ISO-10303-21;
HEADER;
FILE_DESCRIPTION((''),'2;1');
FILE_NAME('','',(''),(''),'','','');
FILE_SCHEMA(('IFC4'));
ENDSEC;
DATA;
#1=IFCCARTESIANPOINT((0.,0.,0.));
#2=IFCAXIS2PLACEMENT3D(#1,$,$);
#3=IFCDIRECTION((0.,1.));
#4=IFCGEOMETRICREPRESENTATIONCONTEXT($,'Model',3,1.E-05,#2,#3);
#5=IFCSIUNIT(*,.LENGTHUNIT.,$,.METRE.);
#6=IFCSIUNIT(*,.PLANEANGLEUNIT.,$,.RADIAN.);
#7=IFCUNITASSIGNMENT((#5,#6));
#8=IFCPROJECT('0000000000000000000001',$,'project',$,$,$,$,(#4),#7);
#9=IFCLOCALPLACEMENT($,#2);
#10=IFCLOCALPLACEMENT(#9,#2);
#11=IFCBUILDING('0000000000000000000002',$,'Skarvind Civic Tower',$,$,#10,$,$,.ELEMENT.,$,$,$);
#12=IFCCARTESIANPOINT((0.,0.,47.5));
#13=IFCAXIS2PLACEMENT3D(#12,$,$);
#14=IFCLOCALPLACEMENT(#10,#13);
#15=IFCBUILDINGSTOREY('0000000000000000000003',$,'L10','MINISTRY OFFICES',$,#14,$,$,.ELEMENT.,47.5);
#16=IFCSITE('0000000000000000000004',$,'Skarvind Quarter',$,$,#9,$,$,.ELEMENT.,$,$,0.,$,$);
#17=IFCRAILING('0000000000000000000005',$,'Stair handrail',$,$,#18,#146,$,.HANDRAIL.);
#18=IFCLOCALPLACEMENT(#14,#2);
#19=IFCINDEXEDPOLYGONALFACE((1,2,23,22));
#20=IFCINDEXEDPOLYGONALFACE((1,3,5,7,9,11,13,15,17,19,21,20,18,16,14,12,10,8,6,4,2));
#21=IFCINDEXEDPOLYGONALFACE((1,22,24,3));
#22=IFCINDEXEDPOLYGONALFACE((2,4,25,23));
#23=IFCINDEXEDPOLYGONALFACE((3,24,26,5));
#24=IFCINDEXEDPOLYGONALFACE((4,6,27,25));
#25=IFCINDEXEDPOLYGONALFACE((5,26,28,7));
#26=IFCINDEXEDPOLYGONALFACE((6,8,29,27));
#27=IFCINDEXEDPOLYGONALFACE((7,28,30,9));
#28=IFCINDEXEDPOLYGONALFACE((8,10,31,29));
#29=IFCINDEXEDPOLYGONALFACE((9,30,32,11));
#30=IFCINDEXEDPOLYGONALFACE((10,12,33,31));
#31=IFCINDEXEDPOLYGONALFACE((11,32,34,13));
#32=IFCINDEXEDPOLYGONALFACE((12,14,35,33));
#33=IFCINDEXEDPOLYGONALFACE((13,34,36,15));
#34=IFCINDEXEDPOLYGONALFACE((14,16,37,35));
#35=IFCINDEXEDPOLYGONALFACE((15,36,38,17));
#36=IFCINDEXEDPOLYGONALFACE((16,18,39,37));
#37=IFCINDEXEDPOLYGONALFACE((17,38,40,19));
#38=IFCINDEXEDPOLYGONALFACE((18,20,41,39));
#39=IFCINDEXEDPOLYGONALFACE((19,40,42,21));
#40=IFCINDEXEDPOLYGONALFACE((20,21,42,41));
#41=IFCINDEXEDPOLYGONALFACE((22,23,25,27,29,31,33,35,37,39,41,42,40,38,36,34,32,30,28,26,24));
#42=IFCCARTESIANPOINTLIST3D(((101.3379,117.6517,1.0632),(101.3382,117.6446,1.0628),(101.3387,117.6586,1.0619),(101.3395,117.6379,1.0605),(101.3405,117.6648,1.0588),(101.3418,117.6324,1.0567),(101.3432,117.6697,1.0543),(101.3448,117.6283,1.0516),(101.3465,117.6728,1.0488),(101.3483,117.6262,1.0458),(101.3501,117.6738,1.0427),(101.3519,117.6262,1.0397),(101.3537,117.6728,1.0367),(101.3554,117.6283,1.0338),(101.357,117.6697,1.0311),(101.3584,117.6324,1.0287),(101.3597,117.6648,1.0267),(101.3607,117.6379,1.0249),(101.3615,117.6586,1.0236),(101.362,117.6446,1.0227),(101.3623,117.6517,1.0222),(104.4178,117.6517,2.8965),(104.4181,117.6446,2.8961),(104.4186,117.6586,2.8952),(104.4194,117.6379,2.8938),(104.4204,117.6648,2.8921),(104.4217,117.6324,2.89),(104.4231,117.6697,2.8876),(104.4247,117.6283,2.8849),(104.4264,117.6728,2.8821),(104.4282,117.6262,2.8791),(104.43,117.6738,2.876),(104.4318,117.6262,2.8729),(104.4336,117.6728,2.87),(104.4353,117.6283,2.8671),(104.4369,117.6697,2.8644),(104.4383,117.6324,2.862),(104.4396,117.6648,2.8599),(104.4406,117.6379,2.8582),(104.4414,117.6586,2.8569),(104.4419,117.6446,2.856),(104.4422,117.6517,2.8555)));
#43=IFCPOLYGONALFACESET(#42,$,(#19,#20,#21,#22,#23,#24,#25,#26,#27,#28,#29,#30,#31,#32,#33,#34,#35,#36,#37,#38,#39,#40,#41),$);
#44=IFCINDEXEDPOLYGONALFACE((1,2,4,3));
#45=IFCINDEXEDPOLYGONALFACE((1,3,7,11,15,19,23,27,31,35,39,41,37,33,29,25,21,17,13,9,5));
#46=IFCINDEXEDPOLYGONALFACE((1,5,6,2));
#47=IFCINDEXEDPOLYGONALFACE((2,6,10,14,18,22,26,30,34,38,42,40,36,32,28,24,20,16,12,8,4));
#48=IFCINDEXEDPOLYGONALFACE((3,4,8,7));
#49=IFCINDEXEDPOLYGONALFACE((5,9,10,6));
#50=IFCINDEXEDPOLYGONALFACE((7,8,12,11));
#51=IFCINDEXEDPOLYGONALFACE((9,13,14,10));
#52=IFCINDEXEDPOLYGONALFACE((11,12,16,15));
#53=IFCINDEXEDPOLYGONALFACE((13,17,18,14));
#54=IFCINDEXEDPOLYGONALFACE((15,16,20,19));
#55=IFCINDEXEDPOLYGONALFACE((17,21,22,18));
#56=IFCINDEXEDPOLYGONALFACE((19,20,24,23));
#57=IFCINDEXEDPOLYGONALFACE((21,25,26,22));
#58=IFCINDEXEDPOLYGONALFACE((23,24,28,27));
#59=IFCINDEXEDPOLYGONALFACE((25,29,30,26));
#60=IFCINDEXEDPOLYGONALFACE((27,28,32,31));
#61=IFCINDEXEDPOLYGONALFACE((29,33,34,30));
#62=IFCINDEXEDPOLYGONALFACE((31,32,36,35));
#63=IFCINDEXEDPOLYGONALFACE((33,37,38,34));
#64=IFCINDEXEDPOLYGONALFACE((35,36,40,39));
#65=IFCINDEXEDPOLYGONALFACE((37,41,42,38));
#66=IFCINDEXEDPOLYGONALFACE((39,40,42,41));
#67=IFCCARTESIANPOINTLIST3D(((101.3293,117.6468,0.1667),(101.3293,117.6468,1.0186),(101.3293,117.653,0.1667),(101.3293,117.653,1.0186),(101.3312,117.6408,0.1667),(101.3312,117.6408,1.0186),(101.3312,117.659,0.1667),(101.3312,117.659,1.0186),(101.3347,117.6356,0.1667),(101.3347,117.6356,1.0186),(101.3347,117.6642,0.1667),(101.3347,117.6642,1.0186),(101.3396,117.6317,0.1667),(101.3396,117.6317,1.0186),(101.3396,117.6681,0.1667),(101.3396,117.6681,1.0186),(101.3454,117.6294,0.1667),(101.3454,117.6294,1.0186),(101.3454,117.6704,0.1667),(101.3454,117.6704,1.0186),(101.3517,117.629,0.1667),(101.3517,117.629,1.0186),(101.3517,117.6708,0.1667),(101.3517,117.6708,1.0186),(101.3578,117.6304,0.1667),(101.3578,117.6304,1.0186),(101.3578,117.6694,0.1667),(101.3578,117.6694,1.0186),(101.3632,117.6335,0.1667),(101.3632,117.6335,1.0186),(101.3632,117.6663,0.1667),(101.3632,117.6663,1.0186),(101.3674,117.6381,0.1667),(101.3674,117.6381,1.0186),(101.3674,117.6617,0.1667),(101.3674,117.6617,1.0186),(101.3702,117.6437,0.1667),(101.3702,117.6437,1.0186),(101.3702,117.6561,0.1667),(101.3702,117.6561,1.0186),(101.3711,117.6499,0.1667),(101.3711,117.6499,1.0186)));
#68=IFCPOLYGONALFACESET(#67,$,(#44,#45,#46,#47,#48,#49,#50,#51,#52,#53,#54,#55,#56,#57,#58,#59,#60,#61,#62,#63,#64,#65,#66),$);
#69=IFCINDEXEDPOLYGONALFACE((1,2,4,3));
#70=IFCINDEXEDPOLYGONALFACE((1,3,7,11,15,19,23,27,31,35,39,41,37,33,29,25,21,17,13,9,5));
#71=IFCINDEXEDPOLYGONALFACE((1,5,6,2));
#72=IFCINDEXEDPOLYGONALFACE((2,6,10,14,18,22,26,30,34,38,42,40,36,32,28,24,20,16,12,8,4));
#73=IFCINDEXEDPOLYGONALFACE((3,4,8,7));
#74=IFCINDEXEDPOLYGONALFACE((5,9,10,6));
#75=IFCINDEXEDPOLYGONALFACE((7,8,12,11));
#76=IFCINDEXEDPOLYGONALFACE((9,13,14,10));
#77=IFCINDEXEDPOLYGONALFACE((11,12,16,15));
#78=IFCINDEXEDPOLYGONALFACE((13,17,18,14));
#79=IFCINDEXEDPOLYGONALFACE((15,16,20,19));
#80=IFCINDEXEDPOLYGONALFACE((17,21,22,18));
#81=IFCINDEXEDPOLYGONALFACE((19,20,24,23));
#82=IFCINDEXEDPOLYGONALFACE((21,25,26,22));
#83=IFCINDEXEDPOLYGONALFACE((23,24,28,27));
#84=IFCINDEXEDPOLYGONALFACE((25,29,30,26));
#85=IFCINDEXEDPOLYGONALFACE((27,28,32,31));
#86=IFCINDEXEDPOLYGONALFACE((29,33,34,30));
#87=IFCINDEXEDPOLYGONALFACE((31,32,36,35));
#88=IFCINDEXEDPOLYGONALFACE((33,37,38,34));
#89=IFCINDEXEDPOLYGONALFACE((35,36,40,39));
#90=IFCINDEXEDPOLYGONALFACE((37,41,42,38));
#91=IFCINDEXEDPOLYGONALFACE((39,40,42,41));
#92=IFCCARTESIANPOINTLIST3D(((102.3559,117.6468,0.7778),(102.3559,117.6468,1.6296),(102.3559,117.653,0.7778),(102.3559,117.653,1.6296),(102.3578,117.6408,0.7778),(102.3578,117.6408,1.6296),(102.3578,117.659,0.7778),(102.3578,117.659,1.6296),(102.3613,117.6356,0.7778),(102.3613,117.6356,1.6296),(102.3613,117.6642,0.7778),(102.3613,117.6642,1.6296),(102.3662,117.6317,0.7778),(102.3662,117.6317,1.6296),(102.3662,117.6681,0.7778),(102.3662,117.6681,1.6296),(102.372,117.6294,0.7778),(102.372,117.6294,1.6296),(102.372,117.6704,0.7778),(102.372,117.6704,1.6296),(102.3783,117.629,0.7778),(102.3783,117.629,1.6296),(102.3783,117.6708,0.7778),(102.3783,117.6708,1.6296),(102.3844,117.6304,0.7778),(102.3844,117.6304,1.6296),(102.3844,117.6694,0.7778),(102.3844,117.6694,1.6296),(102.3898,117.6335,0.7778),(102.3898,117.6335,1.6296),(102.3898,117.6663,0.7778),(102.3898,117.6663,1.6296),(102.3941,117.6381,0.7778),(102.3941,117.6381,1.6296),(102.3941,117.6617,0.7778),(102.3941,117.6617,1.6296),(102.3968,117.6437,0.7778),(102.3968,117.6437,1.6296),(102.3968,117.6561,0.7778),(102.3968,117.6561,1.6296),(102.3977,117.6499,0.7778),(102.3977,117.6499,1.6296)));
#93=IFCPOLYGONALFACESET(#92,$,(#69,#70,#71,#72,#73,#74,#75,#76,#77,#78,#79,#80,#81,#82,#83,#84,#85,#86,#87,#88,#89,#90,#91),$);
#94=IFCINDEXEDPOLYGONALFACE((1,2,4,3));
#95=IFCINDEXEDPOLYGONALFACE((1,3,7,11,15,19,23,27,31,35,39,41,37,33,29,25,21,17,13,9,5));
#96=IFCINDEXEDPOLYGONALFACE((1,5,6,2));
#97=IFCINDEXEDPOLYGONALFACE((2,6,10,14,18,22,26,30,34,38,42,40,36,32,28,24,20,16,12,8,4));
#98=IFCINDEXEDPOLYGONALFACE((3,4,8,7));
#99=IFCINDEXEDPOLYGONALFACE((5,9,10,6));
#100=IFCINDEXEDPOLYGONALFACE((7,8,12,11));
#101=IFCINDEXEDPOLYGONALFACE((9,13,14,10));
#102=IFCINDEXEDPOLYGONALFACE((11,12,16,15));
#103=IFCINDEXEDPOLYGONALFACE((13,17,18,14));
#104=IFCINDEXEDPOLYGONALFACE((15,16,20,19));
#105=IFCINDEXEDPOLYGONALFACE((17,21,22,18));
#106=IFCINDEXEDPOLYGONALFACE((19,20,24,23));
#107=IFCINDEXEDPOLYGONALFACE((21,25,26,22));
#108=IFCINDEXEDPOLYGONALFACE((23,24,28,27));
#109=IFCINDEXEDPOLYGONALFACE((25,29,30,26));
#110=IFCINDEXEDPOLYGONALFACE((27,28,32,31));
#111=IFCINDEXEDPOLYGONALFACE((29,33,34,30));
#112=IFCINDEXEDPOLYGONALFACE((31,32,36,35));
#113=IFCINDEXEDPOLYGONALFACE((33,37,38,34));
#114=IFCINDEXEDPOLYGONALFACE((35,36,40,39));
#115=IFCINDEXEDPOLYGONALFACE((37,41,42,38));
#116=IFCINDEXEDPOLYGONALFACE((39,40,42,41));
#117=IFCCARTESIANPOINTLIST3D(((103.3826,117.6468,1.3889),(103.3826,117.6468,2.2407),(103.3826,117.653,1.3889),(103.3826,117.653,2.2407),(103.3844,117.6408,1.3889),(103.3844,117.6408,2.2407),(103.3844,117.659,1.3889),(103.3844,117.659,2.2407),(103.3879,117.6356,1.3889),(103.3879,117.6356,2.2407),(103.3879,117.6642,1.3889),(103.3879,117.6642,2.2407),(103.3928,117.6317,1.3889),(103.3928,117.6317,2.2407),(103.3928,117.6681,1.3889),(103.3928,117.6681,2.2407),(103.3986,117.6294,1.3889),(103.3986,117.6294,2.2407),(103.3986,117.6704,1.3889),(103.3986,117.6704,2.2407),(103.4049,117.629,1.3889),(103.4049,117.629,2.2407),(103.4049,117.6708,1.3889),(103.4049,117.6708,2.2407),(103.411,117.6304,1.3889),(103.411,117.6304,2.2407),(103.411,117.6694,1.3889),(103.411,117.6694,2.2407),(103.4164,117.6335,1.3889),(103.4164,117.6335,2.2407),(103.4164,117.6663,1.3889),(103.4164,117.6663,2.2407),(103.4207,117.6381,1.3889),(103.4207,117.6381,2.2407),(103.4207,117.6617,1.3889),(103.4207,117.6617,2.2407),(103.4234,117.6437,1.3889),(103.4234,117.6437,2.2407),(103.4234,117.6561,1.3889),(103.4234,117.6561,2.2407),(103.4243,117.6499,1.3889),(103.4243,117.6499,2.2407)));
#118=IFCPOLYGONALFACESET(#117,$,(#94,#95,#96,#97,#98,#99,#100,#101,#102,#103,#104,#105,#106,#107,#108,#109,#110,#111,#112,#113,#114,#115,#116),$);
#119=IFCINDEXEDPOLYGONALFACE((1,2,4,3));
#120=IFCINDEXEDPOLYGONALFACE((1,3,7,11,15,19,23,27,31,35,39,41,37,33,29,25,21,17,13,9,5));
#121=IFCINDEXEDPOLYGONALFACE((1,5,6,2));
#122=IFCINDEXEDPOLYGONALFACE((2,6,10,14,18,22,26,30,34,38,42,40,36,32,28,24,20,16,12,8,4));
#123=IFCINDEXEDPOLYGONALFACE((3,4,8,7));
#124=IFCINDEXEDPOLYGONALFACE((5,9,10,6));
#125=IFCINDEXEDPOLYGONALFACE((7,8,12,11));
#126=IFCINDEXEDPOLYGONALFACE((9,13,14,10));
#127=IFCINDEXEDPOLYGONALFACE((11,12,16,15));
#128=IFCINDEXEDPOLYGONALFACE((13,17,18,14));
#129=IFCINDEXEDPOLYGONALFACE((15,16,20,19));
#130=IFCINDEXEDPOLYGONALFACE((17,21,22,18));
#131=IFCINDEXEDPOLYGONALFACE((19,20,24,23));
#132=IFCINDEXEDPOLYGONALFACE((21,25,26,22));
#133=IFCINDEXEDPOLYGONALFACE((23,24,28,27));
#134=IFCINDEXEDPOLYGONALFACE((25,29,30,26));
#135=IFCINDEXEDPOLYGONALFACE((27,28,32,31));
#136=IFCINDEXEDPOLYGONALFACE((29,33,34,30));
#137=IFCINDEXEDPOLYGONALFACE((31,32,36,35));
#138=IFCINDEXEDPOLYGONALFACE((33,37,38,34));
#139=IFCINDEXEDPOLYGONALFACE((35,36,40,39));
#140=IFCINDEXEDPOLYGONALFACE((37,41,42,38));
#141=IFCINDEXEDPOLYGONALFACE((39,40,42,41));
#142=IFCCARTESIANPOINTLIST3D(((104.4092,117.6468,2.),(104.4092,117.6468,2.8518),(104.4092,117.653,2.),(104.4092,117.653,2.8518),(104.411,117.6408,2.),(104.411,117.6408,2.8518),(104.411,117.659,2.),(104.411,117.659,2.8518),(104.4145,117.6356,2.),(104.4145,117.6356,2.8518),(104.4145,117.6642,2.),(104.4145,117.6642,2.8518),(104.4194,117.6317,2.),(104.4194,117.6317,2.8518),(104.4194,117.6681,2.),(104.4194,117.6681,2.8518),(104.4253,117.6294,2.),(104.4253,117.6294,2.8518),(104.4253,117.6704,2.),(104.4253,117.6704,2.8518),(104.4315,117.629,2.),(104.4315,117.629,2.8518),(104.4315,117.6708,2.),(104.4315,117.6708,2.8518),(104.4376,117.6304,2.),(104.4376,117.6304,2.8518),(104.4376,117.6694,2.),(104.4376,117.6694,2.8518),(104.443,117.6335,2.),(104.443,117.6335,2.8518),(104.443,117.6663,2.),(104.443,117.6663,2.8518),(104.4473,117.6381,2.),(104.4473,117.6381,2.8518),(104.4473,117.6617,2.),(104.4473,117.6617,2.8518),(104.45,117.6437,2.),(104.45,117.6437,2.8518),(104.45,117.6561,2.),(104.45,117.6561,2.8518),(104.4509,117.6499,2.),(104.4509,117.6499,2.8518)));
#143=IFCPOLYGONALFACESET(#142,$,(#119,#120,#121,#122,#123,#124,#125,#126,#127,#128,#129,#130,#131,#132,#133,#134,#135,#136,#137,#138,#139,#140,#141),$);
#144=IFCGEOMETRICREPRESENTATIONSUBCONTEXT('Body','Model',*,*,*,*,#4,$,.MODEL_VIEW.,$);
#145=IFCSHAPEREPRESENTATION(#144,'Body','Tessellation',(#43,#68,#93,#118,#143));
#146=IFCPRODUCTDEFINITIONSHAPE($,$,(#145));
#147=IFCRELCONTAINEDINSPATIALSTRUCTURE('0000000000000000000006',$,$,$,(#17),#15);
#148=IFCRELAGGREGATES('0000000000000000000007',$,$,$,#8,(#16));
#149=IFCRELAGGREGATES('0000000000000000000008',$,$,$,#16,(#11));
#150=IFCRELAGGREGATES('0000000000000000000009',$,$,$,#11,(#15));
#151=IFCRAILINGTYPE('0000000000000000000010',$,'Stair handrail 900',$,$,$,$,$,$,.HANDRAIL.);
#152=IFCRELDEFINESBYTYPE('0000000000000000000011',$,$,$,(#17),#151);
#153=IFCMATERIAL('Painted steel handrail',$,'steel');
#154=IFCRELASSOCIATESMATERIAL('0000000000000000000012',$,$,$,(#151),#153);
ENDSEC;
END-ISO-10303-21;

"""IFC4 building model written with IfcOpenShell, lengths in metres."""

from ifc_helpers import new_model, si_unit, direction, frame, origin, origin_2d, place, context, subcontext, project, spatial, circle, extrude, material, type_object, element, save


model = new_model("IFC4")

# Units and contexts
model_context = context("Model", 3, precision=1e-05, world=origin(), true_north=direction((0.0, 1.0)))
body_context = subcontext(model_context, "Body", "Model", "MODEL_VIEW")
ifc_project = project(units=[si_unit("LENGTHUNIT", "METRE"), si_unit("PLANEANGLEUNIT", "RADIAN")], contexts=[model_context])

# Site, building, storey
site_placement = place(None, origin())
site = spatial("IfcSite", under=ifc_project, at=site_placement, Name="Skarvind Quarter", CompositionType="ELEMENT", RefElevation=0.0)
building_placement = place(site_placement, origin())
building = spatial("IfcBuilding", under=site, at=building_placement, Name="Skarvind Civic Tower", CompositionType="ELEMENT")
storey_placement = place(building_placement, frame((0.0, 0.0, 47.5)))
storey = spatial("IfcBuildingStorey", under=building, at=storey_placement, Name="L10", Description="MINISTRY OFFICES", CompositionType="ELEMENT", Elevation=47.5)

# Railing
ifc_material_1 = material(Name="Painted steel handrail", Category="steel")
railing_type = type_object("IfcRailingType", Name="Stair handrail 900", PredefinedType="HANDRAIL", material=ifc_material_1)
railing_1_placement = place(storey_placement, frame((101.3501, 117.6499, 0.1667)))
element("IfcRailing", 1, at=railing_1_placement, inside=storey, type_object=railing_type, Name="Stair handrail", PredefinedType="HANDRAIL", context=body_context, shape_type="SweptSolid", body=[
    extrude(circle(Radius=0.0239, at=origin_2d()), frame((0.0, 0.0, 0.876), z_axis=(0.859291, 0.0, 0.511487), x_axis=(0.0, 1.0, 0.0)), (0.0, 0.0, 1.0), 3.5842),
    extrude(circle(Radius=0.021, at=origin_2d()), origin(), (0.0, 0.0, 1.0), 0.8518),
    extrude(circle(Radius=0.021, at=origin_2d()), frame((1.0266, 0.0, 0.6111)), (0.0, 0.0, 1.0), 0.8518),
    extrude(circle(Radius=0.021, at=origin_2d()), frame((2.0532, 0.0, 1.2222)), (0.0, 0.0, 1.0), 0.8518),
    extrude(circle(Radius=0.021, at=origin_2d()), frame((3.0798, 0.0, 1.8333)), (0.0, 0.0, 1.0), 0.8518),
])

save(model, "model.ifc")
